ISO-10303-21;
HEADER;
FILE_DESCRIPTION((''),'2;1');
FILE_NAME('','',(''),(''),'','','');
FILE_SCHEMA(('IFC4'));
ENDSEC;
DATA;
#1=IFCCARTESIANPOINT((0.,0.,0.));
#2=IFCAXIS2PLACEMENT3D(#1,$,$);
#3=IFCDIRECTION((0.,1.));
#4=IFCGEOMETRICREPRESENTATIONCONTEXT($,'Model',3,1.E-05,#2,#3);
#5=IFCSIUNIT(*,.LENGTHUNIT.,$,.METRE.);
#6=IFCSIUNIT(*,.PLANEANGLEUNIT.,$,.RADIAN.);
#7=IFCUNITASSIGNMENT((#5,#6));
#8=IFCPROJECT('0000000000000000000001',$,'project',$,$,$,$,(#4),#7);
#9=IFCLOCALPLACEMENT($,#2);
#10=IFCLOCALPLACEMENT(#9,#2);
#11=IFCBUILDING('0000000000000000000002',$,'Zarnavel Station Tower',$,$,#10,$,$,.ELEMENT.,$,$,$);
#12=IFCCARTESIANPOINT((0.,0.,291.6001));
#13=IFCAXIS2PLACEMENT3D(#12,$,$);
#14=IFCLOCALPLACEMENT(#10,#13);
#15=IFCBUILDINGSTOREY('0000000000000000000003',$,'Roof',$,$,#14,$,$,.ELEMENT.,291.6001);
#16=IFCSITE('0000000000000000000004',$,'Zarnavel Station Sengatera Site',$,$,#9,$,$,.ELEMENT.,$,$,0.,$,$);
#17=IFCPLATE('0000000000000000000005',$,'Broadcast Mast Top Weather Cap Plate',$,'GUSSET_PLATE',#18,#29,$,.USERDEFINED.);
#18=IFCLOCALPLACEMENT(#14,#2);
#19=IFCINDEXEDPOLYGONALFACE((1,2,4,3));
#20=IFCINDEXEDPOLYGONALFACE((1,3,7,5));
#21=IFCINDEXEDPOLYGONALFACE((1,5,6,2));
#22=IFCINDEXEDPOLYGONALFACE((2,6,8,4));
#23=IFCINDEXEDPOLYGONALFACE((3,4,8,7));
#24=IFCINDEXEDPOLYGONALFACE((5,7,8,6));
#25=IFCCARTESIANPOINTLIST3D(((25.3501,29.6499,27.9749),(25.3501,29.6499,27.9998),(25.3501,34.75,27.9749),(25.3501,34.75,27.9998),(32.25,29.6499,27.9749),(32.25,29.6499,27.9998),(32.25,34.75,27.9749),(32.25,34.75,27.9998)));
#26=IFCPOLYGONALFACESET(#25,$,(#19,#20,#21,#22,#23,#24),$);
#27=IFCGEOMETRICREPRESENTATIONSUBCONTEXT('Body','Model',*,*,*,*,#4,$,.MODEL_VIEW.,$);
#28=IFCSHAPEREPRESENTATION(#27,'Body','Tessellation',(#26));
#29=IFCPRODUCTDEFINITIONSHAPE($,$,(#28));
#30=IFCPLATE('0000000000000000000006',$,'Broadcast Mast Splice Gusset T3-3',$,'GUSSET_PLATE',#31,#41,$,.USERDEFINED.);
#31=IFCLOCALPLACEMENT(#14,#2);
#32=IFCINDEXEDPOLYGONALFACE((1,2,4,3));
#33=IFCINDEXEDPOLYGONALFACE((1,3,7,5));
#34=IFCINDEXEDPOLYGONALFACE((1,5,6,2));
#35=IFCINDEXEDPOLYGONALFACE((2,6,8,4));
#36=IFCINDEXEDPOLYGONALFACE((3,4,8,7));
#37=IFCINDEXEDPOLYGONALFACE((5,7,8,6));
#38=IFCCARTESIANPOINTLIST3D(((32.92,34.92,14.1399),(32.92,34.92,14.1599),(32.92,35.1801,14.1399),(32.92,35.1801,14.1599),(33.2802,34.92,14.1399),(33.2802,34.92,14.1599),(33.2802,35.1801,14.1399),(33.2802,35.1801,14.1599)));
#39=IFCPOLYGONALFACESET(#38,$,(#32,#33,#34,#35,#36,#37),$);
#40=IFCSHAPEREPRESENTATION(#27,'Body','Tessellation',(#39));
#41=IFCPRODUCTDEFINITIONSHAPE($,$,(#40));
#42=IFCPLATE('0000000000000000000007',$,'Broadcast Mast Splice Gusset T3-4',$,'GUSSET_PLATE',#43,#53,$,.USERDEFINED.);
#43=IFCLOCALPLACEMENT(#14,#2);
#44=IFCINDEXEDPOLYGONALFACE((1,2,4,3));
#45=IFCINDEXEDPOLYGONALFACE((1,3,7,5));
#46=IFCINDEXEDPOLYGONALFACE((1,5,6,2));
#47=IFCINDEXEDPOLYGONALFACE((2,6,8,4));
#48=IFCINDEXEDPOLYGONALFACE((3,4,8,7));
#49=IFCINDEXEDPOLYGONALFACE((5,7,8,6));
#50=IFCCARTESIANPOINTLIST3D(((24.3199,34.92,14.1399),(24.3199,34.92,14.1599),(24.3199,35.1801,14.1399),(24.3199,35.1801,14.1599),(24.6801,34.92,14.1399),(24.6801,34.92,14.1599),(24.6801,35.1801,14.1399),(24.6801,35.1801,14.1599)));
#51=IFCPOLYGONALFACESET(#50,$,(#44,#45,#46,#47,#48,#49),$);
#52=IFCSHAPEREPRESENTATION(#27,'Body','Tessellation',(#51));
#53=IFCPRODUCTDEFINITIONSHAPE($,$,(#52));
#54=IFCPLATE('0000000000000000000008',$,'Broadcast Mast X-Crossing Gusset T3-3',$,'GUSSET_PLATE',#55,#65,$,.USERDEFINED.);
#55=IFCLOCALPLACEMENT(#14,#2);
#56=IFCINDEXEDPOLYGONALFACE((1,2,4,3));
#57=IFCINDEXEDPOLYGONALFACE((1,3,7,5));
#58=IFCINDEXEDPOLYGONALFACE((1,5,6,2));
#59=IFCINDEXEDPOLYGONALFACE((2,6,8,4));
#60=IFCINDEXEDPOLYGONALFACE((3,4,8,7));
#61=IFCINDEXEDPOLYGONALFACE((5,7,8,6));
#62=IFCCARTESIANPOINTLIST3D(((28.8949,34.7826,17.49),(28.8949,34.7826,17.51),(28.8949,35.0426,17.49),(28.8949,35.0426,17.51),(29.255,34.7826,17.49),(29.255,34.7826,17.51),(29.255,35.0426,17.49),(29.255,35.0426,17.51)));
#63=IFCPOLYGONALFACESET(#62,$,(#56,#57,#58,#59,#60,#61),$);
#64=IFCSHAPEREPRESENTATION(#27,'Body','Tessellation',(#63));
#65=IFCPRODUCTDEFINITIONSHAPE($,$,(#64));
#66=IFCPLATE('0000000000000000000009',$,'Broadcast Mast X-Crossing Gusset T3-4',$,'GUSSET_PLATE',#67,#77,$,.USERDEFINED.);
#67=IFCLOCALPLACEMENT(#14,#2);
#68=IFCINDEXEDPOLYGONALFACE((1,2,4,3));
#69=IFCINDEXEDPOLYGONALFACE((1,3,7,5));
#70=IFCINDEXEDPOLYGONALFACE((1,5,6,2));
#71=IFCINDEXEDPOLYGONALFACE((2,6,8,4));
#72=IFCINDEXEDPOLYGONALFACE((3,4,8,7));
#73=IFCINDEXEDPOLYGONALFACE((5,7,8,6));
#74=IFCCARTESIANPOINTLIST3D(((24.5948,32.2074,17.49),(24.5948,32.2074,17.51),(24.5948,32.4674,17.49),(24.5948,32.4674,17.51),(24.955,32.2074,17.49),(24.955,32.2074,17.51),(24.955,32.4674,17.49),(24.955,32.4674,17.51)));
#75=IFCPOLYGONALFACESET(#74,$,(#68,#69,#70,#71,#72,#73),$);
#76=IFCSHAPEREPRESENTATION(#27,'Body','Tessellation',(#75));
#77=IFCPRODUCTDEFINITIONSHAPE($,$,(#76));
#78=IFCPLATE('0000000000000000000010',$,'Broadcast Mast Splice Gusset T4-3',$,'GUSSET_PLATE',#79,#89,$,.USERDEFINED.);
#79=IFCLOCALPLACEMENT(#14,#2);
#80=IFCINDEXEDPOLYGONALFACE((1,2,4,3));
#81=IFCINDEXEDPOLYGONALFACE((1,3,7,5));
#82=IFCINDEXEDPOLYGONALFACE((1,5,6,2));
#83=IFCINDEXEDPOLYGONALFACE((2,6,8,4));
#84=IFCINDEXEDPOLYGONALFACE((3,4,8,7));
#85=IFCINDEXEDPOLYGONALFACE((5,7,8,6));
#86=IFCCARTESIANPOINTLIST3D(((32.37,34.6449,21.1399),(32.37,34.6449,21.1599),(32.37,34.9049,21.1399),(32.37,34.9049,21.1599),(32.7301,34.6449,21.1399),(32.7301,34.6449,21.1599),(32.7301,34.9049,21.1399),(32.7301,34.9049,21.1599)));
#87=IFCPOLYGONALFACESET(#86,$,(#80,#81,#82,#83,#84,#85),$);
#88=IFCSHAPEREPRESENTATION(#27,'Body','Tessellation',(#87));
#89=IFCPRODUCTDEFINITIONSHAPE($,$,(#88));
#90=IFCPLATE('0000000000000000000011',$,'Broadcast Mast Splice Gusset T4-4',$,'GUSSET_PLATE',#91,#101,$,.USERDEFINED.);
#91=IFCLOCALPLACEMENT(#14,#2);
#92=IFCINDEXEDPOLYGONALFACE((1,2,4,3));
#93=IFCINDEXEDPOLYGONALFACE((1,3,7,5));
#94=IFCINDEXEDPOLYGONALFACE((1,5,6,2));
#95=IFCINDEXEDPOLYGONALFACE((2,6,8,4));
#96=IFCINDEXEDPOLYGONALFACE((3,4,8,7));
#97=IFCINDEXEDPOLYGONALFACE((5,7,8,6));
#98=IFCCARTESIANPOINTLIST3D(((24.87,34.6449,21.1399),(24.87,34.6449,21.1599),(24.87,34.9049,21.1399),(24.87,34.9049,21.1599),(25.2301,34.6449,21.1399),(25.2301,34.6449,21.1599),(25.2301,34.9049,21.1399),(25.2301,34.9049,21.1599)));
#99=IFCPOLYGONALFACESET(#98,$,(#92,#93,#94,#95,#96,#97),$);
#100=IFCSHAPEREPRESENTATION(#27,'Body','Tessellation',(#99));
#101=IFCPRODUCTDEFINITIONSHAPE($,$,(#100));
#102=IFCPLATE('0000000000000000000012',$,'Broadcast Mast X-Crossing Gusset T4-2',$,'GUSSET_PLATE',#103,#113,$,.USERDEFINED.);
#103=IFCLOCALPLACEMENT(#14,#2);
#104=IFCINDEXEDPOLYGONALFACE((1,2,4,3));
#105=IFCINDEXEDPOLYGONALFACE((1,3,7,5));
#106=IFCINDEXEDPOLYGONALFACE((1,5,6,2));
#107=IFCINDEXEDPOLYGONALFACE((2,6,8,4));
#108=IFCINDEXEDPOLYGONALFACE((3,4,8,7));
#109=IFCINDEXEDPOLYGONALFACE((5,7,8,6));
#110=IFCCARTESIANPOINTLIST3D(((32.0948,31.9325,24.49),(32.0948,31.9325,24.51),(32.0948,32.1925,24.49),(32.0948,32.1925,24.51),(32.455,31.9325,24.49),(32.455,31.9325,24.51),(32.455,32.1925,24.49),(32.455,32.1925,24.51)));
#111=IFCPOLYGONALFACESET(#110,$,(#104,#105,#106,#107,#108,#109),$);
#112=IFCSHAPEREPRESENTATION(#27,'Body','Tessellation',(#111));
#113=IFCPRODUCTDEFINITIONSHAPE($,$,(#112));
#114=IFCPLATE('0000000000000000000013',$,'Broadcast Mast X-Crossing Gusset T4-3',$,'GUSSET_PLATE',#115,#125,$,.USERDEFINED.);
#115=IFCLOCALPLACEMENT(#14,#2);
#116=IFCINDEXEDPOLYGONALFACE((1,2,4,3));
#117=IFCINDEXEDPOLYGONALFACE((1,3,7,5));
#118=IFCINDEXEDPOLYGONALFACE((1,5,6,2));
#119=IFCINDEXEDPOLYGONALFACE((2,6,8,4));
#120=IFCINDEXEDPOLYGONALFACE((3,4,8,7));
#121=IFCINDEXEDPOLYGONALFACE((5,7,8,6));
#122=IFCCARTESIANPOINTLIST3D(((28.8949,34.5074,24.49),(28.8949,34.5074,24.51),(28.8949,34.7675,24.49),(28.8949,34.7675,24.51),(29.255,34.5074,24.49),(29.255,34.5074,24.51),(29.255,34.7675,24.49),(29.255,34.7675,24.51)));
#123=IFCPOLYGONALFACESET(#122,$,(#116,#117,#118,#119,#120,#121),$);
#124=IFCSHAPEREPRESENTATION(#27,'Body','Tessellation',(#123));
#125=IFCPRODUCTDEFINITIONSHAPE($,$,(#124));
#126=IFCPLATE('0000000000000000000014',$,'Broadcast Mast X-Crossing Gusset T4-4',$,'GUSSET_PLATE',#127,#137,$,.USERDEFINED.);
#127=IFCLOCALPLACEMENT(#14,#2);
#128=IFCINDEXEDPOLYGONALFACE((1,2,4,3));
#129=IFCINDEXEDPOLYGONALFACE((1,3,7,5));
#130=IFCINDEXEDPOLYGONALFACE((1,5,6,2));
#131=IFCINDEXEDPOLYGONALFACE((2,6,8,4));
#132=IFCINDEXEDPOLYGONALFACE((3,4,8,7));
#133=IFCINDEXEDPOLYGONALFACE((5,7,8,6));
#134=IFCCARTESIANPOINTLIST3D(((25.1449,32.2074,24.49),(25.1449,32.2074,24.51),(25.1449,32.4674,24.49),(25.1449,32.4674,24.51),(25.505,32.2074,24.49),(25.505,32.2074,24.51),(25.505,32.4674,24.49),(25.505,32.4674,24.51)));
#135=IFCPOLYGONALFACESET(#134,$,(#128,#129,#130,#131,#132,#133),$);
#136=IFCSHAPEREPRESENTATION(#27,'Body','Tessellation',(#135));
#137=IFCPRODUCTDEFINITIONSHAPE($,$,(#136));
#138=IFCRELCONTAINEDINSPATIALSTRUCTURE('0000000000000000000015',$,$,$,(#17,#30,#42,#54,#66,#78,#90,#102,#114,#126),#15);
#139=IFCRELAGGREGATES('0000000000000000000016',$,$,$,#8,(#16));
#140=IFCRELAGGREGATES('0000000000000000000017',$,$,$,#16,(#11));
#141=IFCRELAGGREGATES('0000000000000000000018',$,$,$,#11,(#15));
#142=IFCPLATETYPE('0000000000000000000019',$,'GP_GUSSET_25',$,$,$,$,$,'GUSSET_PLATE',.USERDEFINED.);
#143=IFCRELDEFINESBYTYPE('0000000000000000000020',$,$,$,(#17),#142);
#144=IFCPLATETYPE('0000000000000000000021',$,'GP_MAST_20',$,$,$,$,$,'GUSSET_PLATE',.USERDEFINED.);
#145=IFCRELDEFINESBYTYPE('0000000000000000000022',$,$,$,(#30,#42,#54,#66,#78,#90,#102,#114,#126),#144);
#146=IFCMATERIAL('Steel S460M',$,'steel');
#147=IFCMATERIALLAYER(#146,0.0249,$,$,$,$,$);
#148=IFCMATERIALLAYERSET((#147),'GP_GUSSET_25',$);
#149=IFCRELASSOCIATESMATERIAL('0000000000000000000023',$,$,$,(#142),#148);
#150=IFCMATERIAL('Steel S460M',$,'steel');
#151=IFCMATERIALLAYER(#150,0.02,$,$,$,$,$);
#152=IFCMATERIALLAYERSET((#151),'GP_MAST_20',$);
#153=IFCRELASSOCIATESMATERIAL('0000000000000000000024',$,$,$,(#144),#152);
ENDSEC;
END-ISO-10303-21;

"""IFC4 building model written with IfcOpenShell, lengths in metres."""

from ifc_helpers import new_model, si_unit, direction, frame, origin, origin_2d, place, context, subcontext, project, spatial, rectangle, extrude, material, layer, layer_set, type_object, element, save


model = new_model("IFC4")

# Units and contexts
model_context = context("Model", 3, precision=1e-05, world=origin(), true_north=direction((0.0, 1.0)))
body_context = subcontext(model_context, "Body", "Model", "MODEL_VIEW")
ifc_project = project(units=[si_unit("LENGTHUNIT", "METRE"), si_unit("PLANEANGLEUNIT", "RADIAN")], contexts=[model_context])

# Site, building, storey
site_placement = place(None, origin())
site = spatial("IfcSite", under=ifc_project, at=site_placement, Name="Zarnavel Station Sengatera Site", CompositionType="ELEMENT", RefElevation=0.0)
building_placement = place(site_placement, origin())
building = spatial("IfcBuilding", under=site, at=building_placement, Name="Zarnavel Station Tower", CompositionType="ELEMENT")
storey_placement = place(building_placement, frame((0.0, 0.0, 291.6001)))
storey = spatial("IfcBuildingStorey", under=building, at=storey_placement, Name="Roof", CompositionType="ELEMENT", Elevation=291.6001)

# Plates
ifc_material_1 = material(Name="Steel S460M", Category="steel")
ifc_layer_1 = layer(ifc_material_1, 0.0249)
ifc_layer_set_1 = layer_set([ifc_layer_1], Name="GP_GUSSET_25")
plate_type_1 = type_object("IfcPlateType", Name="GP_GUSSET_25", ElementType="GUSSET_PLATE", PredefinedType="USERDEFINED", material=ifc_layer_set_1)
plate_placement = place(storey_placement, frame((28.8, 32.2, 27.9749), z_axis=(0.0, 0.0, 1.0), x_axis=(1.0, 0.0, 0.0)))
element("IfcPlate", 1, at=plate_placement, inside=storey, type_object=plate_type_1, Name="Broadcast Mast Top Weather Cap Plate", ObjectType="GUSSET_PLATE", PredefinedType="USERDEFINED", context=body_context, shape_type="SweptSolid", body=[
    extrude(rectangle(XDim=6.8999, YDim=5.1001, at=origin_2d()), origin(), (0.0, 0.0, 1.0), 0.0249),
])
ifc_material_2 = material(Name="Steel S460M", Category="steel")
ifc_layer_2 = layer(ifc_material_2, 0.02)
ifc_layer_set_2 = layer_set([ifc_layer_2], Name="GP_MAST_20")
plate_type_2 = type_object("IfcPlateType", Name="GP_MAST_20", ElementType="GUSSET_PLATE", PredefinedType="USERDEFINED", material=ifc_layer_set_2)
for number, where, z_axis, x_axis, name in (
    (2, (33.1001, 35.05, 14.1399), (0.0, 0.0, 1.0), (1.0, 0.0, 0.0), "Broadcast Mast Splice Gusset T3-3"),
    (3, (24.5, 35.05, 14.1399), (0.0, 0.0, 1.0), (1.0, 0.0, 0.0), "Broadcast Mast Splice Gusset T3-4"),
    (4, (29.075, 34.9126, 17.49), (0.0, 0.0, 1.0), (1.0, 0.0, 0.0), "Broadcast Mast X-Crossing Gusset T3-3"),
    (5, (24.7749, 32.3374, 17.49), (0.0, 0.0, 1.0), (1.0, 0.0, 0.0), "Broadcast Mast X-Crossing Gusset T3-4"),
    (6, (32.55, 34.7749, 21.1399), (0.0, 0.0, 1.0), (1.0, 0.0, 0.0), "Broadcast Mast Splice Gusset T4-3"),
    (7, (25.05, 34.7749, 21.1399), (0.0, 0.0, 1.0), (1.0, 0.0, 0.0), "Broadcast Mast Splice Gusset T4-4"),
    (8, (32.2749, 32.0625, 24.49), (0.0, 0.0, 1.0), (1.0, 0.0, 0.0), "Broadcast Mast X-Crossing Gusset T4-2"),
    (9, (29.075, 34.6375, 24.49), (0.0, 0.0, 1.0), (1.0, 0.0, 0.0), "Broadcast Mast X-Crossing Gusset T4-3"),
    (10, (25.325, 32.3374, 24.49), (0.0, 0.0, 1.0), (1.0, 0.0, 0.0), "Broadcast Mast X-Crossing Gusset T4-4"),
):
    element("IfcPlate", number, at=place(storey_placement, frame(where, z_axis=z_axis, x_axis=x_axis)), inside=storey, type_object=plate_type_2, Name=name, ObjectType="GUSSET_PLATE", PredefinedType="USERDEFINED", context=body_context, shape_type="SweptSolid", body=[
        extrude(rectangle(XDim=0.3601, YDim=0.26, at=origin_2d()), origin(), (0.0, 0.0, 1.0), 0.02),
    ])

save(model, "model.ifc")
